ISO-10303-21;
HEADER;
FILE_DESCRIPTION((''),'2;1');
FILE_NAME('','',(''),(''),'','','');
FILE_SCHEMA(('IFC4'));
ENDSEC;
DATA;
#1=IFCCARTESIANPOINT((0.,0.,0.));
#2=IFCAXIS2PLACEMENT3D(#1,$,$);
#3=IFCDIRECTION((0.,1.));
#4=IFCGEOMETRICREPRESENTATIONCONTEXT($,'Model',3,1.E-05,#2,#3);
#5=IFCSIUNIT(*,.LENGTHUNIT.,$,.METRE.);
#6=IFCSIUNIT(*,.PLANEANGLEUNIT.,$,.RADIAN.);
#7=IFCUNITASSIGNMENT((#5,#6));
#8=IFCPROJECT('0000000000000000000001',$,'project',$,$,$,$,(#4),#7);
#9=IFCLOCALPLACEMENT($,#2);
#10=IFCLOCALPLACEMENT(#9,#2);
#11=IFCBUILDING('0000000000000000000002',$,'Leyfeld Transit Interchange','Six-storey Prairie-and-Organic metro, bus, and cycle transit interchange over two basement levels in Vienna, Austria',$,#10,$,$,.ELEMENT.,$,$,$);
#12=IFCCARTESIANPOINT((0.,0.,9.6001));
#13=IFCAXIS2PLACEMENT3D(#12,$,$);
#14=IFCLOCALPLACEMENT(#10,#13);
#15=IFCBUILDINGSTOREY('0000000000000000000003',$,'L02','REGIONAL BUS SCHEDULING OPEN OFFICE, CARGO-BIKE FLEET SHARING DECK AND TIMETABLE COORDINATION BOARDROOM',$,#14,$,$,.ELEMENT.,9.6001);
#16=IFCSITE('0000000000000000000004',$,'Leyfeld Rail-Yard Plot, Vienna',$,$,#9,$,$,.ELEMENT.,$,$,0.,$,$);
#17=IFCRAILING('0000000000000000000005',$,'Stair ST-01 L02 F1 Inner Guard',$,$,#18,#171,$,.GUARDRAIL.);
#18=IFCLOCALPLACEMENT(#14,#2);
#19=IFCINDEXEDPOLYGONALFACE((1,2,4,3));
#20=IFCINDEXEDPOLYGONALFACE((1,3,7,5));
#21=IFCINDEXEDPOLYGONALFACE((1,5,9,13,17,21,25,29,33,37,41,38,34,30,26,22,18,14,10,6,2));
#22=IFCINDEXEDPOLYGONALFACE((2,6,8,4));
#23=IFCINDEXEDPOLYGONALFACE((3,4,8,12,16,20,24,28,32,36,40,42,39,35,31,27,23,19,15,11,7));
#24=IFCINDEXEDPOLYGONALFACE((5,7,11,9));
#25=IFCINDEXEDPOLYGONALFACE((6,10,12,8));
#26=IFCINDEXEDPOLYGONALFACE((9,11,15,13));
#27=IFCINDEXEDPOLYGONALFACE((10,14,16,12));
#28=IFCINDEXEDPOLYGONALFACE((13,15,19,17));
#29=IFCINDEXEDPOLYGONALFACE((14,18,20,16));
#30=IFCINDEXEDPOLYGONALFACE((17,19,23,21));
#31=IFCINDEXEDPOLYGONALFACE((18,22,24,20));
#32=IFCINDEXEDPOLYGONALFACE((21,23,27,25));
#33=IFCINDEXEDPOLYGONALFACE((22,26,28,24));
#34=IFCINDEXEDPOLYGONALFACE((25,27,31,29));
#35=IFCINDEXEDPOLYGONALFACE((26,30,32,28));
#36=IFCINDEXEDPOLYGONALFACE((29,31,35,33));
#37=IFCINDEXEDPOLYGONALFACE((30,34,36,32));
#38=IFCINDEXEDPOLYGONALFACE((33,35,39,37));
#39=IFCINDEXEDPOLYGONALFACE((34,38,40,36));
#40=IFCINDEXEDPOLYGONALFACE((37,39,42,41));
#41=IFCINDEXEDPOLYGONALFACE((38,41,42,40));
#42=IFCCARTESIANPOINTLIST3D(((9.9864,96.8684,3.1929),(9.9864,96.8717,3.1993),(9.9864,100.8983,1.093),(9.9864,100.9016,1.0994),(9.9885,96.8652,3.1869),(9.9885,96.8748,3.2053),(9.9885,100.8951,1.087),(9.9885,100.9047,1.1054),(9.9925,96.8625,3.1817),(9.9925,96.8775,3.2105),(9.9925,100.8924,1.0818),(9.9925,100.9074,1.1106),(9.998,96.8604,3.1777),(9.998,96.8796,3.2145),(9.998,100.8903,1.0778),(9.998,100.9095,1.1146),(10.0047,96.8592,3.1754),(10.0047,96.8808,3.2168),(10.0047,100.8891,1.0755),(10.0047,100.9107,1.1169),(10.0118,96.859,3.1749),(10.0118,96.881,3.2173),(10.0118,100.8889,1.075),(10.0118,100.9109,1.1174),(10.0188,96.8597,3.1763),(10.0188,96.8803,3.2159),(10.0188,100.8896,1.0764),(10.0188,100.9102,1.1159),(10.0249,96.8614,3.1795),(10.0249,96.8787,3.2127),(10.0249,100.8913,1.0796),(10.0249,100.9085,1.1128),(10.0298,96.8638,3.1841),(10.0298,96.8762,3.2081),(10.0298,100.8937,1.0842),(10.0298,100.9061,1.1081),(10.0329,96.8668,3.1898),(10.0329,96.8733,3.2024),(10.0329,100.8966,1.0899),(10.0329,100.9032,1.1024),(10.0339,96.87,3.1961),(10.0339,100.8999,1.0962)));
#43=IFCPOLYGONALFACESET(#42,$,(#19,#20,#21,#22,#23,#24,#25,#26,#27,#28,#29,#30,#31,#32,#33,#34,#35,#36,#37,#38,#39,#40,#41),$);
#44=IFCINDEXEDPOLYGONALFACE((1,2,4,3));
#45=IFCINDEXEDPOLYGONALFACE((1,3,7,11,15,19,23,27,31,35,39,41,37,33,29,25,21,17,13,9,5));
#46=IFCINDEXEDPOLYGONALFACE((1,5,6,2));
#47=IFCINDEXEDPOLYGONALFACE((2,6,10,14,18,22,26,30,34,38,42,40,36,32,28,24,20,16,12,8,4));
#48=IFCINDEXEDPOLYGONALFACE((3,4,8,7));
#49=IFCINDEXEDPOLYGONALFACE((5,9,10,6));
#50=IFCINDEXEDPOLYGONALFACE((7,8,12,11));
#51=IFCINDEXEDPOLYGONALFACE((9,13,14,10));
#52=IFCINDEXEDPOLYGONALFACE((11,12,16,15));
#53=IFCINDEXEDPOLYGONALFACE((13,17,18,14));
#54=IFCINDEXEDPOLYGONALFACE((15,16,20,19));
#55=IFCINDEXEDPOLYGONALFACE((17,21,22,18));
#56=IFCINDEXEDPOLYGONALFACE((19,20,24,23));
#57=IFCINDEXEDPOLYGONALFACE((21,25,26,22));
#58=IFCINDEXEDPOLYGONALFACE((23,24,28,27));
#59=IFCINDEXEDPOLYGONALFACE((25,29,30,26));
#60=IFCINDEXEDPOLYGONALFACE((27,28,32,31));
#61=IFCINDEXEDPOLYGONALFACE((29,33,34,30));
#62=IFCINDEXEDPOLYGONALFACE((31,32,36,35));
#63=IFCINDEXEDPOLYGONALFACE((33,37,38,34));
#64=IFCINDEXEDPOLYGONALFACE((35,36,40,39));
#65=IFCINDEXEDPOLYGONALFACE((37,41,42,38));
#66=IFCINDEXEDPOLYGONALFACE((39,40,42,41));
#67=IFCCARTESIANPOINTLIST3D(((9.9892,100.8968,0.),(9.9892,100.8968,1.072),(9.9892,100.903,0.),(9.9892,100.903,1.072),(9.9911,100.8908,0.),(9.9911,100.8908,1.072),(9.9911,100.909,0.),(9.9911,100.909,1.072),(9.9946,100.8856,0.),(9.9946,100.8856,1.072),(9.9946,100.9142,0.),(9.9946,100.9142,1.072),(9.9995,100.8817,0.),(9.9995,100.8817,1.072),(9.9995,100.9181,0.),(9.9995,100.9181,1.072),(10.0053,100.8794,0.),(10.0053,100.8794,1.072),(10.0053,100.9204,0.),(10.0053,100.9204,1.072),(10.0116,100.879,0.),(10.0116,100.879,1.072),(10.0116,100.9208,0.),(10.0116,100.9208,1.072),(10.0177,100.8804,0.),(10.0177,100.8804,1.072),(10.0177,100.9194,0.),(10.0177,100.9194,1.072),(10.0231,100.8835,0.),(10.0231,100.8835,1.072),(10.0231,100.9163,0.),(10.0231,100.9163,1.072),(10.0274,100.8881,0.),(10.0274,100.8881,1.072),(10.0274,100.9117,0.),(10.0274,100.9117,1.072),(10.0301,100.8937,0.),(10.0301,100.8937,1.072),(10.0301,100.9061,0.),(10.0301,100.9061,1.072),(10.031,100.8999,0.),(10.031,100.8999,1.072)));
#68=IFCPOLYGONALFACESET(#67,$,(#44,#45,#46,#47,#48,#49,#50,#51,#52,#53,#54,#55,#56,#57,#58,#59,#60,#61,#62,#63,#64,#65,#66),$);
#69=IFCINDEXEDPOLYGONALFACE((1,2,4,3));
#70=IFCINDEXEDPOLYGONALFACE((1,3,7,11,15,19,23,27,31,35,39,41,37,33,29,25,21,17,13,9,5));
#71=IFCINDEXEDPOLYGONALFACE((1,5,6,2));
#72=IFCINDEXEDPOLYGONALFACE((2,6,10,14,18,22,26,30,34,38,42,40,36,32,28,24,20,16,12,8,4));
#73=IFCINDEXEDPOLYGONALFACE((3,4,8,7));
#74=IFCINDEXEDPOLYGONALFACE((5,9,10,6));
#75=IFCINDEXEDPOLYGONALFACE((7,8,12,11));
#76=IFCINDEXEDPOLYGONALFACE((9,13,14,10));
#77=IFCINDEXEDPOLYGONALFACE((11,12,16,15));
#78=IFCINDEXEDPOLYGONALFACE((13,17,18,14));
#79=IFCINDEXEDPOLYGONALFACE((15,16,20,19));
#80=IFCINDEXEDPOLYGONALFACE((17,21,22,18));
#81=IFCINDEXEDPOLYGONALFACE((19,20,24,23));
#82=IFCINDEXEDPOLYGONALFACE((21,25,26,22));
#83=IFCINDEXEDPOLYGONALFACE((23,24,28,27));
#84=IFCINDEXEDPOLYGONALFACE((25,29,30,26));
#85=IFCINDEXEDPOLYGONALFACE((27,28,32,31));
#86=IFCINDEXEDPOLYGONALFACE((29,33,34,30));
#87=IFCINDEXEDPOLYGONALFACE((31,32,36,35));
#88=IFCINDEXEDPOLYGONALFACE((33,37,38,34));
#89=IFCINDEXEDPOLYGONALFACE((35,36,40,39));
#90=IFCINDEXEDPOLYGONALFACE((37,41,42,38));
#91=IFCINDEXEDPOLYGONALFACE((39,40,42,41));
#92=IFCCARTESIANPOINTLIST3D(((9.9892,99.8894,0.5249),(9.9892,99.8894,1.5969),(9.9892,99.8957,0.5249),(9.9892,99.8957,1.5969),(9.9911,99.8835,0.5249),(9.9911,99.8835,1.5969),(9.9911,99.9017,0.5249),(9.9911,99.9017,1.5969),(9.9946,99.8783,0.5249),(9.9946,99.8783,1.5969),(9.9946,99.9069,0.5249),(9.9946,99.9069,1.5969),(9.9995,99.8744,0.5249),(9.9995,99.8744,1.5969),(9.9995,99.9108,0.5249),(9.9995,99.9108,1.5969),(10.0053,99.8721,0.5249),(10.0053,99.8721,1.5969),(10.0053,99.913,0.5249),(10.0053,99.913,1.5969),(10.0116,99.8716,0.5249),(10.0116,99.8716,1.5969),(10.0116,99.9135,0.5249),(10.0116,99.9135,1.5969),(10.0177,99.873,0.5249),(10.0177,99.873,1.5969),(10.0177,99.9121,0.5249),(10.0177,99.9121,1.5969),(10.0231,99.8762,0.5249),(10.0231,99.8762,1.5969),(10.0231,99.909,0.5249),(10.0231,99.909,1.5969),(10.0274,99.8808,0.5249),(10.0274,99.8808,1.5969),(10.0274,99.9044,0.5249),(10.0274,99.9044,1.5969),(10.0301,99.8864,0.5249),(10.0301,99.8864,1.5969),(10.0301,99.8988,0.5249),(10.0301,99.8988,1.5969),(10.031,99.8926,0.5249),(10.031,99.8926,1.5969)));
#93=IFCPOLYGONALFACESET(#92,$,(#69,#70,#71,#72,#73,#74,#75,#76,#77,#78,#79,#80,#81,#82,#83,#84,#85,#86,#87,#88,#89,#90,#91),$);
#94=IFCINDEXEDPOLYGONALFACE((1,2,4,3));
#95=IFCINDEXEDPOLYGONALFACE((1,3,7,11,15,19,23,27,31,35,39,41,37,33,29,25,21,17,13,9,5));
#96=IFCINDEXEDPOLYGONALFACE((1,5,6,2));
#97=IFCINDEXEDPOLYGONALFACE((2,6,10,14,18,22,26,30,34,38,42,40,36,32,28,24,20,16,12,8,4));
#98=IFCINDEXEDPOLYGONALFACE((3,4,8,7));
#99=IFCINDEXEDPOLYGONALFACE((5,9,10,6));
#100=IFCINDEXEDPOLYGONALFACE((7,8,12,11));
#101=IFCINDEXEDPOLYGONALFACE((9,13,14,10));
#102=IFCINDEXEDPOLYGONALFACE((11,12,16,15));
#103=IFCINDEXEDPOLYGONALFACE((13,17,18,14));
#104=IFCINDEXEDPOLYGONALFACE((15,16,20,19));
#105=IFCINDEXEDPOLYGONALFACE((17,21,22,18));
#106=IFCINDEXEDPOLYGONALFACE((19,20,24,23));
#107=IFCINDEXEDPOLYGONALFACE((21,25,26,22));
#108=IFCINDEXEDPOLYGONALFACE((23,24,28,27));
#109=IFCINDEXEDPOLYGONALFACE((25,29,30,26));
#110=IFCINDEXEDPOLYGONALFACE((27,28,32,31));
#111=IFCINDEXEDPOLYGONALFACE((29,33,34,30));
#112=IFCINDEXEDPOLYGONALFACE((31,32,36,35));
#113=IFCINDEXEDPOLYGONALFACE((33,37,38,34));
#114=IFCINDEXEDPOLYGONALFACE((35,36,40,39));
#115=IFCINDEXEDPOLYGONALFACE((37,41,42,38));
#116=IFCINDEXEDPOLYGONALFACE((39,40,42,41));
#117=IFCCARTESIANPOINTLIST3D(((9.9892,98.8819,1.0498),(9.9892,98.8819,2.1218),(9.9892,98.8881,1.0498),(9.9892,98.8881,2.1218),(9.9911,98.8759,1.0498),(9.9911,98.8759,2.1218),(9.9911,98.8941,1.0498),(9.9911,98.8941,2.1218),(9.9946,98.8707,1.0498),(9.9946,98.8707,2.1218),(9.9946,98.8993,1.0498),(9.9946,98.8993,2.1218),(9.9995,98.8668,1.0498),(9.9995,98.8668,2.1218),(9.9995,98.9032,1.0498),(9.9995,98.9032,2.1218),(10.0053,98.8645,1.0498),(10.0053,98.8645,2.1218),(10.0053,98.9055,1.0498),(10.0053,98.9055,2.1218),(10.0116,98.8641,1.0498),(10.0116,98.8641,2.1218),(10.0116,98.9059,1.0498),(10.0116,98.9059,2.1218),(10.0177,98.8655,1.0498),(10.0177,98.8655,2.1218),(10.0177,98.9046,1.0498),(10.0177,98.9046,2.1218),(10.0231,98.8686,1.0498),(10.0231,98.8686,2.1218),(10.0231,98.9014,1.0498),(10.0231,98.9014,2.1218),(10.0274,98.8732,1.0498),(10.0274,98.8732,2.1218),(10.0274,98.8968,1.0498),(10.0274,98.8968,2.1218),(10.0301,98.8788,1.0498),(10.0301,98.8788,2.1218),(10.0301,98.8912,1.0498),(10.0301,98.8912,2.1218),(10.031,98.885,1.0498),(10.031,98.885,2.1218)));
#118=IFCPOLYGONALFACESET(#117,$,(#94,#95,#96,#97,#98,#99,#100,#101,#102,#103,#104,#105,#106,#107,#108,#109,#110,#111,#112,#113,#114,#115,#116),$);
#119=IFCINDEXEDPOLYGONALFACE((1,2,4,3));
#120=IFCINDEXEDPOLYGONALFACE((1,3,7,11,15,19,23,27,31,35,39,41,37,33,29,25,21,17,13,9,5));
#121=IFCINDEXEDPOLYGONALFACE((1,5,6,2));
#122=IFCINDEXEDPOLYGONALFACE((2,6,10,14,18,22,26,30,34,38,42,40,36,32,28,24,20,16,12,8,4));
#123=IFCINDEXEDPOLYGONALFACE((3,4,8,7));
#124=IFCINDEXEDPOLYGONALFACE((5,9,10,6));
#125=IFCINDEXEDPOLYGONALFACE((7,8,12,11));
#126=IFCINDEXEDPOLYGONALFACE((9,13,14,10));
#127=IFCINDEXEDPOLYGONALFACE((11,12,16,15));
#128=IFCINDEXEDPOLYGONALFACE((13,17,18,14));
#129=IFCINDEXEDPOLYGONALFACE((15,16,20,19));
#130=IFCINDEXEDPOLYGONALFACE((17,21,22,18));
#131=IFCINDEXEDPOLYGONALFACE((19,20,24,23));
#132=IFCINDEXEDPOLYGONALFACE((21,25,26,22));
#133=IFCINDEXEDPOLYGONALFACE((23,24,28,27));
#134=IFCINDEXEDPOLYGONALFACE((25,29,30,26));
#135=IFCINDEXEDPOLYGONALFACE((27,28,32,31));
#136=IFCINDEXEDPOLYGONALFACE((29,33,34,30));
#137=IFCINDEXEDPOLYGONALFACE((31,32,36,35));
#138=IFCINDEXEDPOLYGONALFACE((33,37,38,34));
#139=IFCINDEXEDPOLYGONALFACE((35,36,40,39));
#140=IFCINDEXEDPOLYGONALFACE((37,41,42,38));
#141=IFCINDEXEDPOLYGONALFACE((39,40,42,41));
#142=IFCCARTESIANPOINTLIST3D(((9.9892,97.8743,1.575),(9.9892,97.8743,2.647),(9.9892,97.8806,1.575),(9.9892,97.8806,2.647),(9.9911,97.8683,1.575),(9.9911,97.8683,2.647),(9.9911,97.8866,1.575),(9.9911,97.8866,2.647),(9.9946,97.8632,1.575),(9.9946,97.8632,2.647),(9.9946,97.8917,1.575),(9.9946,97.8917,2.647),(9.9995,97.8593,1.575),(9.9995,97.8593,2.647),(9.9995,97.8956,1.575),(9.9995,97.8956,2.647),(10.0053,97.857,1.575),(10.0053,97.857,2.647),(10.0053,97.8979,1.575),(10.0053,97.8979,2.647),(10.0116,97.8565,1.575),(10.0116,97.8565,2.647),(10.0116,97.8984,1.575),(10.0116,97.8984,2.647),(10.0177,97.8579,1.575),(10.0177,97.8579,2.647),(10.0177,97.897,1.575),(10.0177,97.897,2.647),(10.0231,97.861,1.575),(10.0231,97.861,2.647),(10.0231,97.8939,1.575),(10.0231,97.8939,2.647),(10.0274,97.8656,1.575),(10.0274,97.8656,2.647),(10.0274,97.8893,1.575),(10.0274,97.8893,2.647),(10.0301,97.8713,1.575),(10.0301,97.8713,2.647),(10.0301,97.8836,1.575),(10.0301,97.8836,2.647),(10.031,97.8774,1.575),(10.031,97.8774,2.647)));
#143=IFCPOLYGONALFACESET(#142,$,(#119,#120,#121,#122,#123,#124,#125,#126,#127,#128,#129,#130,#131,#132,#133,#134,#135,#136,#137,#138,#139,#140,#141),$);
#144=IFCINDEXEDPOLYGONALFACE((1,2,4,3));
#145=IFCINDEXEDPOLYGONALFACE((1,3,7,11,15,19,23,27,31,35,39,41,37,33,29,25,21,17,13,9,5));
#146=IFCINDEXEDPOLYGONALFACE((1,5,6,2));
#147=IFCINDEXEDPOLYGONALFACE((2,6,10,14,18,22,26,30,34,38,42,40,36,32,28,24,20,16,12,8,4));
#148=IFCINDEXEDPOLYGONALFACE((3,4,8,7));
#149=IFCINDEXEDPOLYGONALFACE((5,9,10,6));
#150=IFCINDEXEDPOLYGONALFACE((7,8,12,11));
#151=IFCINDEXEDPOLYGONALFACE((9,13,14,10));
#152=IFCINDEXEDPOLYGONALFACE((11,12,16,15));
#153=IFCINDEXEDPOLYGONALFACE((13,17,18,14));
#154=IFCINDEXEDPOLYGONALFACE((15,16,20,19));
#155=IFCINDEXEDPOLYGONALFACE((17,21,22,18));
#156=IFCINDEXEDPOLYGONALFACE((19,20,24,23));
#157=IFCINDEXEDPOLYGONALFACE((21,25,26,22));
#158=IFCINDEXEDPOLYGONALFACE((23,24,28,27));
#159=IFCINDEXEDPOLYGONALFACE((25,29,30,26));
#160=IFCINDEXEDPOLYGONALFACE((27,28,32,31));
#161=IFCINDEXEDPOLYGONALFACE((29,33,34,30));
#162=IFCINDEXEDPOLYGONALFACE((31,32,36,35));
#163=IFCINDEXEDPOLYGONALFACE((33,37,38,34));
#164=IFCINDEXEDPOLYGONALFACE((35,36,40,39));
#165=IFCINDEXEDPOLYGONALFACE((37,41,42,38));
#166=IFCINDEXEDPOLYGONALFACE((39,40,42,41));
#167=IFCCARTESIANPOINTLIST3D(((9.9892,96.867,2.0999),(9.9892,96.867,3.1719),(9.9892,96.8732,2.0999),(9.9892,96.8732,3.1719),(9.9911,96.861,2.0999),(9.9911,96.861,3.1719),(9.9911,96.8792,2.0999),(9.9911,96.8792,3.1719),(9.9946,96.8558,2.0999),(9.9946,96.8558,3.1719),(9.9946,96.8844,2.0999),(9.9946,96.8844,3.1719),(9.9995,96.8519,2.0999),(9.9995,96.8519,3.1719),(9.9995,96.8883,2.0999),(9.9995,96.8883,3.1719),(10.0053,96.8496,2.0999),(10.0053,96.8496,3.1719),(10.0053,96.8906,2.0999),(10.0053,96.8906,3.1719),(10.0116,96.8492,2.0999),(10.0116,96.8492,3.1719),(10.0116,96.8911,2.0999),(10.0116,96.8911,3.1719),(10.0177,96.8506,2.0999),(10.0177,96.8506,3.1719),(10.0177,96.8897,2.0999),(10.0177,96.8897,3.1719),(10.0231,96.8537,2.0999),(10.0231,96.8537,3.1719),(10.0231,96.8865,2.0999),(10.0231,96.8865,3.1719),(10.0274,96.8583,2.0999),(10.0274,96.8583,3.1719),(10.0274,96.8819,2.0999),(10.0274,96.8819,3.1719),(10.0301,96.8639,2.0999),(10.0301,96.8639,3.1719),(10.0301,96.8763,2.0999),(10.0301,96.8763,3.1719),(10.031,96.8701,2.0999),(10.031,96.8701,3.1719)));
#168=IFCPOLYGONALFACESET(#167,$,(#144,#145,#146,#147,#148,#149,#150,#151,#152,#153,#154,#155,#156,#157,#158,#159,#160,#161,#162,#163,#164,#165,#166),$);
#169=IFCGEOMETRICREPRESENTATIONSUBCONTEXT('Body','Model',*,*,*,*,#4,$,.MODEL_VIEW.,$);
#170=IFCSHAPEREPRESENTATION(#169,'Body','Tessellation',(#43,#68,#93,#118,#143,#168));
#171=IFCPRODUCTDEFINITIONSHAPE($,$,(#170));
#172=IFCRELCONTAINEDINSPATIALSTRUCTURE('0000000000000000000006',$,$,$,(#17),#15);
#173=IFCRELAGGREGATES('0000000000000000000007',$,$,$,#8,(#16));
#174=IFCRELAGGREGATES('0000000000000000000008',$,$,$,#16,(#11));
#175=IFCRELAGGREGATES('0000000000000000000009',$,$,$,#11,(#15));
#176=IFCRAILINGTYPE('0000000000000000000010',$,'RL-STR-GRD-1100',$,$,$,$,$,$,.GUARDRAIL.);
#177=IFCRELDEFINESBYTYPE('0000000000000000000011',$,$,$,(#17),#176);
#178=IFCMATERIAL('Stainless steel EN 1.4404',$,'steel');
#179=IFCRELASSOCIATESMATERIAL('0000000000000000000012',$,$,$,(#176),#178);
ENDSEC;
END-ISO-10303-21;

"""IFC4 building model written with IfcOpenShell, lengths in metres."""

from ifc_helpers import new_model, si_unit, direction, frame, origin, origin_2d, place, context, subcontext, project, spatial, circle, extrude, material, type_object, element, save


model = new_model("IFC4")

# Units and contexts
model_context = context("Model", 3, precision=1e-05, world=origin(), true_north=direction((0.0, 1.0)))
body_context = subcontext(model_context, "Body", "Model", "MODEL_VIEW")
ifc_project = project(units=[si_unit("LENGTHUNIT", "METRE"), si_unit("PLANEANGLEUNIT", "RADIAN")], contexts=[model_context])

# Site, building, storey
site_placement = place(None, origin())
site = spatial("IfcSite", under=ifc_project, at=site_placement, Name="Leyfeld Rail-Yard Plot, Vienna", CompositionType="ELEMENT", RefElevation=0.0)
building_placement = place(site_placement, origin())
building = spatial("IfcBuilding", under=site, at=building_placement, Name="Leyfeld Transit Interchange", Description="Six-storey Prairie-and-Organic metro, bus, and cycle transit interchange over two basement levels in Vienna, Austria", CompositionType="ELEMENT")
storey_placement = place(building_placement, frame((0.0, 0.0, 9.6001)))
storey = spatial("IfcBuildingStorey", under=building, at=storey_placement, Name="L02", Description="REGIONAL BUS SCHEDULING OPEN OFFICE, CARGO-BIKE FLEET SHARING DECK AND TIMETABLE COORDINATION BOARDROOM", CompositionType="ELEMENT", Elevation=9.6001)

# Shared definitions
ifc_material_1 = material(Name="Stainless steel EN 1.4404", Category="steel")

# Railing
railing_type_1 = type_object("IfcRailingType", Name="RL-STR-GRD-1100", PredefinedType="GUARDRAIL", material=ifc_material_1)
for number, where, name in (
    (1, (10.01, 100.8999, 0.0), "Stair ST-01 L02 F1 Inner Guard"),
):
    element("IfcRailing", number, at=place(storey_placement, frame(where)), inside=storey, type_object=railing_type_1, Name=name, PredefinedType="GUARDRAIL", context=body_context, shape_type="SweptSolid", body=[
        extrude(circle(Radius=0.0239, at=origin_2d()), frame((0.0, 0.0, 1.0962), z_axis=(0.0, -0.886823, 0.462109), x_axis=(1.0, 0.0, 0.0)), (0.0, 0.0, 1.0), 4.5442),
        extrude(circle(Radius=0.021, at=origin_2d()), origin(), (0.0, 0.0, 1.0), 1.072),
        extrude(circle(Radius=0.021, at=origin_2d()), frame((0.0, -1.0073, 0.5249)), (0.0, 0.0, 1.0), 1.072),
        extrude(circle(Radius=0.021, at=origin_2d()), frame((0.0, -2.0149, 1.0498)), (0.0, 0.0, 1.0), 1.072),
        extrude(circle(Radius=0.021, at=origin_2d()), frame((0.0, -3.0225, 1.575)), (0.0, 0.0, 1.0), 1.072),
        extrude(circle(Radius=0.021, at=origin_2d()), frame((0.0, -4.0298, 2.0999)), (0.0, 0.0, 1.0), 1.072),
    ])

save(model, "model.ifc")
